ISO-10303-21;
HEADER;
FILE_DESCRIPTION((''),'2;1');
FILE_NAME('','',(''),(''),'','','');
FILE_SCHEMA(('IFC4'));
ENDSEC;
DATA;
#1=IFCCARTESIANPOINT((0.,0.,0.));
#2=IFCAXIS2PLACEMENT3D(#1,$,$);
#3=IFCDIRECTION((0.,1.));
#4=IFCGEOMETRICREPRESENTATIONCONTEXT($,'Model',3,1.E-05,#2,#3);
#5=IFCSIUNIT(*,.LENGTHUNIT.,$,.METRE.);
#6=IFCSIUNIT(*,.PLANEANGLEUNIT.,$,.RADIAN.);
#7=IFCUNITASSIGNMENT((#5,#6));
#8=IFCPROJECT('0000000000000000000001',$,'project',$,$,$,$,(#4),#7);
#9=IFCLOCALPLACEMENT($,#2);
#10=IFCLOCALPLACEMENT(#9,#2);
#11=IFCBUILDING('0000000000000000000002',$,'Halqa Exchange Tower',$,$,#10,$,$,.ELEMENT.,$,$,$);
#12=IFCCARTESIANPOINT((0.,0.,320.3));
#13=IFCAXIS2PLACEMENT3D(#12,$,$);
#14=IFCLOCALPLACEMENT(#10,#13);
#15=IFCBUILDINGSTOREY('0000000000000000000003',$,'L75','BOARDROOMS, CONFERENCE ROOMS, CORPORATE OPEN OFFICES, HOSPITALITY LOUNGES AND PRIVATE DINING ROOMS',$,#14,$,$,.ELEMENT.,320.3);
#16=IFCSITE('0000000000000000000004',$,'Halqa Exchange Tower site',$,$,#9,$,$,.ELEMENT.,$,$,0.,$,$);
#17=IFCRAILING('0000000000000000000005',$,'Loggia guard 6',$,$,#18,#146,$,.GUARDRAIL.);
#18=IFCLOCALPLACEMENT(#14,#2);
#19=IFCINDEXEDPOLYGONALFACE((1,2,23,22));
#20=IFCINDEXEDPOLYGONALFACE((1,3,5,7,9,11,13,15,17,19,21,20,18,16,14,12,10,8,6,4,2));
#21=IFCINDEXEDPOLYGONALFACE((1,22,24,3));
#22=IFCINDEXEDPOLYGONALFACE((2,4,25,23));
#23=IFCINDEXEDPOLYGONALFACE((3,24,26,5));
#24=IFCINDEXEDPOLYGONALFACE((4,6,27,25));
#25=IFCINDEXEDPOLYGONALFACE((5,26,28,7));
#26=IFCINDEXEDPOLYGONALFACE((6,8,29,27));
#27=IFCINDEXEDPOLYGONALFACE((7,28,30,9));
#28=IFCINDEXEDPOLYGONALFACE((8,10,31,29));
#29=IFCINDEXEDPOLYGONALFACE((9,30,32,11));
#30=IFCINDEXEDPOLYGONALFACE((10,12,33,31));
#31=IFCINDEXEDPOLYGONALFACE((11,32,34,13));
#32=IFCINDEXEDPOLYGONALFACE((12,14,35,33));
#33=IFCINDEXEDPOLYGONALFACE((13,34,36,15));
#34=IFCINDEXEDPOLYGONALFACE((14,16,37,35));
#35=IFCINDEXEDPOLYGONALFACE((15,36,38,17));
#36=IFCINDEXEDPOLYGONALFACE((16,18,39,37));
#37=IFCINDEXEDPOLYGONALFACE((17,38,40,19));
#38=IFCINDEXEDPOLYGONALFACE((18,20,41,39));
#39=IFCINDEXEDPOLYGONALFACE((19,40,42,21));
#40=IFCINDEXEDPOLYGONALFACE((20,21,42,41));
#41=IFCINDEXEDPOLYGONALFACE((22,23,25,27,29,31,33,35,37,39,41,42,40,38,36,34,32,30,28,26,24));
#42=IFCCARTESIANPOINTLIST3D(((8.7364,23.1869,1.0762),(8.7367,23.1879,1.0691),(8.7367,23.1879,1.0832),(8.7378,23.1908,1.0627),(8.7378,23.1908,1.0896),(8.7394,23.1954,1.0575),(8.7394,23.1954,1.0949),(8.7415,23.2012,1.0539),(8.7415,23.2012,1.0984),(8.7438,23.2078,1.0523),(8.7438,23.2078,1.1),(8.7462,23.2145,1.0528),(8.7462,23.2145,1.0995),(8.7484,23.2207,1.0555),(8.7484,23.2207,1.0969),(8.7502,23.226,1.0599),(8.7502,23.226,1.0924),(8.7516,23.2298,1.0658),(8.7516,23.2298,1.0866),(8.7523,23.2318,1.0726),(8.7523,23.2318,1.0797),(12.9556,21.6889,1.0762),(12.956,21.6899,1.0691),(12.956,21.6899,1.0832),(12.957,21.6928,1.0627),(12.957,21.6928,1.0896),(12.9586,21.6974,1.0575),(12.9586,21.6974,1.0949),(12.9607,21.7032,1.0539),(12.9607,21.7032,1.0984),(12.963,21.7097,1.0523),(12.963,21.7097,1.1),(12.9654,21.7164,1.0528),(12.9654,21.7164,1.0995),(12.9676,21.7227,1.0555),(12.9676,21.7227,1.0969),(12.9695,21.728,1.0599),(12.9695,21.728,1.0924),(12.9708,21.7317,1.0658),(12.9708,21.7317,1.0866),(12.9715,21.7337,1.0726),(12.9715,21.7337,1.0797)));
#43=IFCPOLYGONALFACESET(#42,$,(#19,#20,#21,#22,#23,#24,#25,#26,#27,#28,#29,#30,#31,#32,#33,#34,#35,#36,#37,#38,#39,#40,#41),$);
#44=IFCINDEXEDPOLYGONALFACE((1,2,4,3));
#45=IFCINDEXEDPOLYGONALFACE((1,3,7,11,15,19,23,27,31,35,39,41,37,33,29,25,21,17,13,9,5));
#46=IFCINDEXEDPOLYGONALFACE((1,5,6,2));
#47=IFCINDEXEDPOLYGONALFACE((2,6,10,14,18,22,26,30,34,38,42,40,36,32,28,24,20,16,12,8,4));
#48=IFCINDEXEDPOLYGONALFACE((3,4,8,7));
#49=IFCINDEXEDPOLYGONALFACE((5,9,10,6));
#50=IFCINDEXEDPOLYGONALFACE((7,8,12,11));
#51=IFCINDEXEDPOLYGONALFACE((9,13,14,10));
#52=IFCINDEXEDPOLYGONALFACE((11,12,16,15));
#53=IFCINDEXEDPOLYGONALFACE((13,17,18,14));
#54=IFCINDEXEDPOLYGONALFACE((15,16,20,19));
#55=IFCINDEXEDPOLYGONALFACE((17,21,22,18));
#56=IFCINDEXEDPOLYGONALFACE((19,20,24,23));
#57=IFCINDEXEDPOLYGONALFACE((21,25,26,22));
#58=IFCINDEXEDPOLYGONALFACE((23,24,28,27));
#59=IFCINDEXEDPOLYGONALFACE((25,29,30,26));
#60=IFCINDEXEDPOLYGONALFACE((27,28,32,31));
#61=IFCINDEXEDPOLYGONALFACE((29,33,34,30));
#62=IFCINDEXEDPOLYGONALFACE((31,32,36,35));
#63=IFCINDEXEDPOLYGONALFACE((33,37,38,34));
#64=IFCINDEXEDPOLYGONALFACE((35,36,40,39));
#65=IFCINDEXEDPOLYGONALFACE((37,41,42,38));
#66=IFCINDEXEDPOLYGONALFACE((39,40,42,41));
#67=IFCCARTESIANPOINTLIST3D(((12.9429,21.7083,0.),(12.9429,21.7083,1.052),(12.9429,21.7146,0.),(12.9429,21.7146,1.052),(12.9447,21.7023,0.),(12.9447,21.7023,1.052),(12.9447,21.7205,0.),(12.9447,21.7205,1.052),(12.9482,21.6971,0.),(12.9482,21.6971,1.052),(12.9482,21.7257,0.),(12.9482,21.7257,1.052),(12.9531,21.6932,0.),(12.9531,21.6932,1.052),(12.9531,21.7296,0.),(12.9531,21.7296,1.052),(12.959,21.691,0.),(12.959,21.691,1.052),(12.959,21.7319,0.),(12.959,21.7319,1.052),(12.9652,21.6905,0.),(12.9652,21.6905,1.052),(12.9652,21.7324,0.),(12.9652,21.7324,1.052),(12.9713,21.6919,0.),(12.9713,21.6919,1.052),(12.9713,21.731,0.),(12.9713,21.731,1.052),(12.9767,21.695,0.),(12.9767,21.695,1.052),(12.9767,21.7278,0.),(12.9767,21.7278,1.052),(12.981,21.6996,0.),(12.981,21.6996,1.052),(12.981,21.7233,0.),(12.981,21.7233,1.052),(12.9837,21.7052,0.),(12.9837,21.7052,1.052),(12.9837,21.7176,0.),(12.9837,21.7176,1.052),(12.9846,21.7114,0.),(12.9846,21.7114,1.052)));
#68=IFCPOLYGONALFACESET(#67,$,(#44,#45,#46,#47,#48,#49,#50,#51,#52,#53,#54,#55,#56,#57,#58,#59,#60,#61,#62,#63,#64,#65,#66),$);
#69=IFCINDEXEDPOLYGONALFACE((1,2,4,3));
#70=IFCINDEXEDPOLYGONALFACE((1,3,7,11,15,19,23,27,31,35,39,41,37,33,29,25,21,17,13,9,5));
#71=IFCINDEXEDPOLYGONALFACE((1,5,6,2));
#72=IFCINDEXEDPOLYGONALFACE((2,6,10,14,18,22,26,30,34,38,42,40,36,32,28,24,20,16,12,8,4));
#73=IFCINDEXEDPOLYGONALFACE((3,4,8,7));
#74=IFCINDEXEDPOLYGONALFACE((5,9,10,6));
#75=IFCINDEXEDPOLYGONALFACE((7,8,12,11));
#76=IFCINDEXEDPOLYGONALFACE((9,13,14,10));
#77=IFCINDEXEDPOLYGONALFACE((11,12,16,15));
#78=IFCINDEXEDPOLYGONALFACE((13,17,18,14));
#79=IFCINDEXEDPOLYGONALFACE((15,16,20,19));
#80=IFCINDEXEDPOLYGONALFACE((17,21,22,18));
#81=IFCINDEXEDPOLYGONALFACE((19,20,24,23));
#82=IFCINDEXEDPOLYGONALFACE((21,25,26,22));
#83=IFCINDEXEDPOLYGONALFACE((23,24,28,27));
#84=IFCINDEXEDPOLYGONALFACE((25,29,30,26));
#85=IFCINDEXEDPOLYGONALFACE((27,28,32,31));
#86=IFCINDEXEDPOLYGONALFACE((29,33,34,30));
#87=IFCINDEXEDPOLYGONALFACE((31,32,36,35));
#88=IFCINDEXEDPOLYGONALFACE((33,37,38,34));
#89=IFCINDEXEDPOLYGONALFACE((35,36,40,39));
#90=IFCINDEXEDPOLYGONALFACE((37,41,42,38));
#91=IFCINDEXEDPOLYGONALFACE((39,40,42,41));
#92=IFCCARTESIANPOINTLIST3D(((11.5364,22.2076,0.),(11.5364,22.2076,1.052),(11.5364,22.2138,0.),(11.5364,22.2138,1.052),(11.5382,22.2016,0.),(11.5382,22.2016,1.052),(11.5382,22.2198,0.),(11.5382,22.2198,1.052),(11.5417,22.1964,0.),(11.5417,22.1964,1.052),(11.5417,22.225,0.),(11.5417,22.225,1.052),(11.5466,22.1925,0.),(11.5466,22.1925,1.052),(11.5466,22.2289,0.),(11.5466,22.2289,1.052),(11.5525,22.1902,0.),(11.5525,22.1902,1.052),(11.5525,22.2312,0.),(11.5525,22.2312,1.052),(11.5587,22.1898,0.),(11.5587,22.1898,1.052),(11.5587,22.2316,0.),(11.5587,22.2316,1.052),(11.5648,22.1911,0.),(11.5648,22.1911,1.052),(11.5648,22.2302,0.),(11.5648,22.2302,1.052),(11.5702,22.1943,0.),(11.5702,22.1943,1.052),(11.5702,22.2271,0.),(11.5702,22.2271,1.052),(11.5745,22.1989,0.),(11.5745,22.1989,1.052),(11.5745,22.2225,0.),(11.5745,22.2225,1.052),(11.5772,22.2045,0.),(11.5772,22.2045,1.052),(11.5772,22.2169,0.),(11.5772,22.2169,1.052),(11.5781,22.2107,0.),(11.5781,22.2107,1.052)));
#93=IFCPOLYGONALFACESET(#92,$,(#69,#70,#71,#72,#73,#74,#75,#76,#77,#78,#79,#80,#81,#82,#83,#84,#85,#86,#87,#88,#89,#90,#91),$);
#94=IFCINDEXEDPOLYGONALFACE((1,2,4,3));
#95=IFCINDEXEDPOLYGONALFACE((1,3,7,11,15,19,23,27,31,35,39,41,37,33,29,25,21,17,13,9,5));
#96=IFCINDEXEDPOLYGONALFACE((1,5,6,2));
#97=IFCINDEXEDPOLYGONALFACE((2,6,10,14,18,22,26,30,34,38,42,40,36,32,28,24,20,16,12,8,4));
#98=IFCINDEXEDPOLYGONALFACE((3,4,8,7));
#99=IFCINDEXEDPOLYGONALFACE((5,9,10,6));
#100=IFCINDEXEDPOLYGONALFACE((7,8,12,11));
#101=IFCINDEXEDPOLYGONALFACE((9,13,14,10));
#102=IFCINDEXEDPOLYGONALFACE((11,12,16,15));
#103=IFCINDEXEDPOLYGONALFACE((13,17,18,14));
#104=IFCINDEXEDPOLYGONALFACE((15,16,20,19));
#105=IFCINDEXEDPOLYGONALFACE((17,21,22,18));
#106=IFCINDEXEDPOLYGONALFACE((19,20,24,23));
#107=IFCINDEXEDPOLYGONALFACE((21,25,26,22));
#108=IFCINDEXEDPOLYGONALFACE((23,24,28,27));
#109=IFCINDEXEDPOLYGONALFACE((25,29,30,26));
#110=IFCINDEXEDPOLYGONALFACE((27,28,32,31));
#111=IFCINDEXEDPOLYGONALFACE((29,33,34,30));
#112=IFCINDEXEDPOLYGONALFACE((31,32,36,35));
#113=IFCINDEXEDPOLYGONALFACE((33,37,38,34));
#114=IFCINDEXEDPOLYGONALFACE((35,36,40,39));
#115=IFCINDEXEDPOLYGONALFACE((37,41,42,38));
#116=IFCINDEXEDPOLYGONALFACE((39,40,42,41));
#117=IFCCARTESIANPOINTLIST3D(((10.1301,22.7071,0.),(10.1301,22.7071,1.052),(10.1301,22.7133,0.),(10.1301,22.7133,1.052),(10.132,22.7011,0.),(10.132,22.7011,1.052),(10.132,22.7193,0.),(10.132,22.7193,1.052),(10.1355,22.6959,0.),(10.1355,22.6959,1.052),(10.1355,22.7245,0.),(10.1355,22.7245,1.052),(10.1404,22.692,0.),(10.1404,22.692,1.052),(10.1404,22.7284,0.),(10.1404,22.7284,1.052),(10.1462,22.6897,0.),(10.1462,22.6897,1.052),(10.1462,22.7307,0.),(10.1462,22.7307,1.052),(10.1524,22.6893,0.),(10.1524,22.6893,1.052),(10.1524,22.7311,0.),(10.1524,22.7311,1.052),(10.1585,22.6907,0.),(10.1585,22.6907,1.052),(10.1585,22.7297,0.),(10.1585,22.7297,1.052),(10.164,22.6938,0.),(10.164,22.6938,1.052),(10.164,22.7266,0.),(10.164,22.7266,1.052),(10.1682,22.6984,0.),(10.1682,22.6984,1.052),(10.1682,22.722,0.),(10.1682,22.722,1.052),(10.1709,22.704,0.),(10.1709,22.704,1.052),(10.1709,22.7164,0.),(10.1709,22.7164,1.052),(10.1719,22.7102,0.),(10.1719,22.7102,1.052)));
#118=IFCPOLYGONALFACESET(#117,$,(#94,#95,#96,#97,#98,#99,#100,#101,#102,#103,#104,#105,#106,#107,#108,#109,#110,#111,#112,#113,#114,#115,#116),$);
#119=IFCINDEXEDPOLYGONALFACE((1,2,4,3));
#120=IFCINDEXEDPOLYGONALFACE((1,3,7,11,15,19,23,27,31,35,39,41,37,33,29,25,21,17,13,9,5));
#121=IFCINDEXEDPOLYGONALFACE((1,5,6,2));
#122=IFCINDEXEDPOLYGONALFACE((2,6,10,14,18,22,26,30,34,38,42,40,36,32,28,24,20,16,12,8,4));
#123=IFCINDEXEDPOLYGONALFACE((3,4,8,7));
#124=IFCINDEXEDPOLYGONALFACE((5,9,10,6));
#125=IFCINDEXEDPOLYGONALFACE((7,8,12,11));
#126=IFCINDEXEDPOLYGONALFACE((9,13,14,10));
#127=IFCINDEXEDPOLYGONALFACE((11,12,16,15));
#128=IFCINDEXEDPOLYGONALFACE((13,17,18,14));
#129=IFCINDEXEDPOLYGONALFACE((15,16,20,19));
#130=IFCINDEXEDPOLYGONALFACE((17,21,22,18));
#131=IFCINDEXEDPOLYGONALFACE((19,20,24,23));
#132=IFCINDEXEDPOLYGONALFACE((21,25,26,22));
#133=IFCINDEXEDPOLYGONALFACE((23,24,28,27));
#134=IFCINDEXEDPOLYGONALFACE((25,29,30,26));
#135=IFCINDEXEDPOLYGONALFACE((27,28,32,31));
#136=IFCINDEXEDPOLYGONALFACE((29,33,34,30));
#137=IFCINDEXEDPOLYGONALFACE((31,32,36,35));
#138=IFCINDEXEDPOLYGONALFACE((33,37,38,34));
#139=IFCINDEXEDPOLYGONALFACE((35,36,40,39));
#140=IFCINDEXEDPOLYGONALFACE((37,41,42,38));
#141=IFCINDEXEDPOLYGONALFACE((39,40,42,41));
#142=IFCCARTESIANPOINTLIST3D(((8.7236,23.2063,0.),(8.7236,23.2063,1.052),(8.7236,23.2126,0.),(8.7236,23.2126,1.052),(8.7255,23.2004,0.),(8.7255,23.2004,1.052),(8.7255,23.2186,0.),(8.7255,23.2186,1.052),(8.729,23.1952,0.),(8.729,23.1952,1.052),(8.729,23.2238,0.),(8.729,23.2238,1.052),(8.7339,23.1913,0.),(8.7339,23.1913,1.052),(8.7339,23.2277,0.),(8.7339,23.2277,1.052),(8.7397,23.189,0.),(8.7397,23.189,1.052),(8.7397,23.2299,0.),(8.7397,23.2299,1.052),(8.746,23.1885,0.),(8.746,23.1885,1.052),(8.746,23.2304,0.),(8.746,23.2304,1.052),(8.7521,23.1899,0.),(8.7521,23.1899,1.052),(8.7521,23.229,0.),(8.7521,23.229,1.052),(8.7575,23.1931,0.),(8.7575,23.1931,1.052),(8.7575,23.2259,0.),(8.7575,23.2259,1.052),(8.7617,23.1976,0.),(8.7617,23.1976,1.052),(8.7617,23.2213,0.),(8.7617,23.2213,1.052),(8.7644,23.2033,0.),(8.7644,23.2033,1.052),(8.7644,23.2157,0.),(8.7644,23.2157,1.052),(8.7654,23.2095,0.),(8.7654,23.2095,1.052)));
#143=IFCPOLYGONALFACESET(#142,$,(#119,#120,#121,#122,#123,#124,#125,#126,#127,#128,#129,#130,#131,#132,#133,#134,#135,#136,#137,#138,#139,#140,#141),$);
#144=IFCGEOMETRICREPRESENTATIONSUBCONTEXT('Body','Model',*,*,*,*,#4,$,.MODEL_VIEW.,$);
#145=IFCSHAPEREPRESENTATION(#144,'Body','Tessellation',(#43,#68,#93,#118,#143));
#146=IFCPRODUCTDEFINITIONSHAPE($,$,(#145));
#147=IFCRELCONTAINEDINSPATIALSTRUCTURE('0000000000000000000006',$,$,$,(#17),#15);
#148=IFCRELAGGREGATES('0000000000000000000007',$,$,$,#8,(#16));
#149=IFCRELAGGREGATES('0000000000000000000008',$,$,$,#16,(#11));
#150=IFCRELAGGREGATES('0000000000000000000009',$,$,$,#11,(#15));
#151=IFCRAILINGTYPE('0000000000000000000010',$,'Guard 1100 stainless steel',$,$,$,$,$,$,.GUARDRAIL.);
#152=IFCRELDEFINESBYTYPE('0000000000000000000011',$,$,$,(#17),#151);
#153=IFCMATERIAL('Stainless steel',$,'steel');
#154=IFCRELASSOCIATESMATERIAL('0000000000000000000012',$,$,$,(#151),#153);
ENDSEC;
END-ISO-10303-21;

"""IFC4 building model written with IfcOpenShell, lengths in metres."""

from ifc_helpers import new_model, si_unit, direction, frame, origin, origin_2d, place, context, subcontext, project, spatial, circle, extrude, material, type_object, element, save


model = new_model("IFC4")

# Units and contexts
model_context = context("Model", 3, precision=1e-05, world=origin(), true_north=direction((0.0, 1.0)))
body_context = subcontext(model_context, "Body", "Model", "MODEL_VIEW")
ifc_project = project(units=[si_unit("LENGTHUNIT", "METRE"), si_unit("PLANEANGLEUNIT", "RADIAN")], contexts=[model_context])

# Site, building, storey
site_placement = place(None, origin())
site = spatial("IfcSite", under=ifc_project, at=site_placement, Name="Halqa Exchange Tower site", CompositionType="ELEMENT", RefElevation=0.0)
building_placement = place(site_placement, origin())
building = spatial("IfcBuilding", under=site, at=building_placement, Name="Halqa Exchange Tower", CompositionType="ELEMENT")
storey_placement = place(building_placement, frame((0.0, 0.0, 320.3)))
storey = spatial("IfcBuildingStorey", under=building, at=storey_placement, Name="L75", Description="BOARDROOMS, CONFERENCE ROOMS, CORPORATE OPEN OFFICES, HOSPITALITY LOUNGES AND PRIVATE DINING ROOMS", CompositionType="ELEMENT", Elevation=320.3)

# Railing
ifc_material_1 = material(Name="Stainless steel", Category="steel")
railing_type = type_object("IfcRailingType", Name="Guard 1100 stainless steel", PredefinedType="GUARDRAIL", material=ifc_material_1)
railing_1_placement = place(storey_placement, frame((12.9636, 21.7114, 0.0)))
element("IfcRailing", 1, at=railing_1_placement, inside=storey, type_object=railing_type, Name="Loggia guard 6", PredefinedType="GUARDRAIL", context=body_context, shape_type="SweptSolid", body=[
    extrude(circle(Radius=0.0239, at=origin_2d()), frame((0.0, 0.0, 1.0762), z_axis=(-0.942365, 0.334588, 0.0), x_axis=(-0.334588, -0.942365, 0.0)), (0.0, 0.0, 1.0), 4.4773),
    extrude(circle(Radius=0.021, at=origin_2d()), origin(), (0.0, 0.0, 1.0), 1.052),
    extrude(circle(Radius=0.021, at=origin_2d()), frame((-1.4065, 0.4993, 0.0)), (0.0, 0.0, 1.0), 1.052),
    extrude(circle(Radius=0.021, at=origin_2d()), frame((-2.8127, 0.9988, 0.0)), (0.0, 0.0, 1.0), 1.052),
    extrude(circle(Radius=0.021, at=origin_2d()), frame((-4.2192, 1.498, 0.0)), (0.0, 0.0, 1.0), 1.052),
])

save(model, "model.ifc")
